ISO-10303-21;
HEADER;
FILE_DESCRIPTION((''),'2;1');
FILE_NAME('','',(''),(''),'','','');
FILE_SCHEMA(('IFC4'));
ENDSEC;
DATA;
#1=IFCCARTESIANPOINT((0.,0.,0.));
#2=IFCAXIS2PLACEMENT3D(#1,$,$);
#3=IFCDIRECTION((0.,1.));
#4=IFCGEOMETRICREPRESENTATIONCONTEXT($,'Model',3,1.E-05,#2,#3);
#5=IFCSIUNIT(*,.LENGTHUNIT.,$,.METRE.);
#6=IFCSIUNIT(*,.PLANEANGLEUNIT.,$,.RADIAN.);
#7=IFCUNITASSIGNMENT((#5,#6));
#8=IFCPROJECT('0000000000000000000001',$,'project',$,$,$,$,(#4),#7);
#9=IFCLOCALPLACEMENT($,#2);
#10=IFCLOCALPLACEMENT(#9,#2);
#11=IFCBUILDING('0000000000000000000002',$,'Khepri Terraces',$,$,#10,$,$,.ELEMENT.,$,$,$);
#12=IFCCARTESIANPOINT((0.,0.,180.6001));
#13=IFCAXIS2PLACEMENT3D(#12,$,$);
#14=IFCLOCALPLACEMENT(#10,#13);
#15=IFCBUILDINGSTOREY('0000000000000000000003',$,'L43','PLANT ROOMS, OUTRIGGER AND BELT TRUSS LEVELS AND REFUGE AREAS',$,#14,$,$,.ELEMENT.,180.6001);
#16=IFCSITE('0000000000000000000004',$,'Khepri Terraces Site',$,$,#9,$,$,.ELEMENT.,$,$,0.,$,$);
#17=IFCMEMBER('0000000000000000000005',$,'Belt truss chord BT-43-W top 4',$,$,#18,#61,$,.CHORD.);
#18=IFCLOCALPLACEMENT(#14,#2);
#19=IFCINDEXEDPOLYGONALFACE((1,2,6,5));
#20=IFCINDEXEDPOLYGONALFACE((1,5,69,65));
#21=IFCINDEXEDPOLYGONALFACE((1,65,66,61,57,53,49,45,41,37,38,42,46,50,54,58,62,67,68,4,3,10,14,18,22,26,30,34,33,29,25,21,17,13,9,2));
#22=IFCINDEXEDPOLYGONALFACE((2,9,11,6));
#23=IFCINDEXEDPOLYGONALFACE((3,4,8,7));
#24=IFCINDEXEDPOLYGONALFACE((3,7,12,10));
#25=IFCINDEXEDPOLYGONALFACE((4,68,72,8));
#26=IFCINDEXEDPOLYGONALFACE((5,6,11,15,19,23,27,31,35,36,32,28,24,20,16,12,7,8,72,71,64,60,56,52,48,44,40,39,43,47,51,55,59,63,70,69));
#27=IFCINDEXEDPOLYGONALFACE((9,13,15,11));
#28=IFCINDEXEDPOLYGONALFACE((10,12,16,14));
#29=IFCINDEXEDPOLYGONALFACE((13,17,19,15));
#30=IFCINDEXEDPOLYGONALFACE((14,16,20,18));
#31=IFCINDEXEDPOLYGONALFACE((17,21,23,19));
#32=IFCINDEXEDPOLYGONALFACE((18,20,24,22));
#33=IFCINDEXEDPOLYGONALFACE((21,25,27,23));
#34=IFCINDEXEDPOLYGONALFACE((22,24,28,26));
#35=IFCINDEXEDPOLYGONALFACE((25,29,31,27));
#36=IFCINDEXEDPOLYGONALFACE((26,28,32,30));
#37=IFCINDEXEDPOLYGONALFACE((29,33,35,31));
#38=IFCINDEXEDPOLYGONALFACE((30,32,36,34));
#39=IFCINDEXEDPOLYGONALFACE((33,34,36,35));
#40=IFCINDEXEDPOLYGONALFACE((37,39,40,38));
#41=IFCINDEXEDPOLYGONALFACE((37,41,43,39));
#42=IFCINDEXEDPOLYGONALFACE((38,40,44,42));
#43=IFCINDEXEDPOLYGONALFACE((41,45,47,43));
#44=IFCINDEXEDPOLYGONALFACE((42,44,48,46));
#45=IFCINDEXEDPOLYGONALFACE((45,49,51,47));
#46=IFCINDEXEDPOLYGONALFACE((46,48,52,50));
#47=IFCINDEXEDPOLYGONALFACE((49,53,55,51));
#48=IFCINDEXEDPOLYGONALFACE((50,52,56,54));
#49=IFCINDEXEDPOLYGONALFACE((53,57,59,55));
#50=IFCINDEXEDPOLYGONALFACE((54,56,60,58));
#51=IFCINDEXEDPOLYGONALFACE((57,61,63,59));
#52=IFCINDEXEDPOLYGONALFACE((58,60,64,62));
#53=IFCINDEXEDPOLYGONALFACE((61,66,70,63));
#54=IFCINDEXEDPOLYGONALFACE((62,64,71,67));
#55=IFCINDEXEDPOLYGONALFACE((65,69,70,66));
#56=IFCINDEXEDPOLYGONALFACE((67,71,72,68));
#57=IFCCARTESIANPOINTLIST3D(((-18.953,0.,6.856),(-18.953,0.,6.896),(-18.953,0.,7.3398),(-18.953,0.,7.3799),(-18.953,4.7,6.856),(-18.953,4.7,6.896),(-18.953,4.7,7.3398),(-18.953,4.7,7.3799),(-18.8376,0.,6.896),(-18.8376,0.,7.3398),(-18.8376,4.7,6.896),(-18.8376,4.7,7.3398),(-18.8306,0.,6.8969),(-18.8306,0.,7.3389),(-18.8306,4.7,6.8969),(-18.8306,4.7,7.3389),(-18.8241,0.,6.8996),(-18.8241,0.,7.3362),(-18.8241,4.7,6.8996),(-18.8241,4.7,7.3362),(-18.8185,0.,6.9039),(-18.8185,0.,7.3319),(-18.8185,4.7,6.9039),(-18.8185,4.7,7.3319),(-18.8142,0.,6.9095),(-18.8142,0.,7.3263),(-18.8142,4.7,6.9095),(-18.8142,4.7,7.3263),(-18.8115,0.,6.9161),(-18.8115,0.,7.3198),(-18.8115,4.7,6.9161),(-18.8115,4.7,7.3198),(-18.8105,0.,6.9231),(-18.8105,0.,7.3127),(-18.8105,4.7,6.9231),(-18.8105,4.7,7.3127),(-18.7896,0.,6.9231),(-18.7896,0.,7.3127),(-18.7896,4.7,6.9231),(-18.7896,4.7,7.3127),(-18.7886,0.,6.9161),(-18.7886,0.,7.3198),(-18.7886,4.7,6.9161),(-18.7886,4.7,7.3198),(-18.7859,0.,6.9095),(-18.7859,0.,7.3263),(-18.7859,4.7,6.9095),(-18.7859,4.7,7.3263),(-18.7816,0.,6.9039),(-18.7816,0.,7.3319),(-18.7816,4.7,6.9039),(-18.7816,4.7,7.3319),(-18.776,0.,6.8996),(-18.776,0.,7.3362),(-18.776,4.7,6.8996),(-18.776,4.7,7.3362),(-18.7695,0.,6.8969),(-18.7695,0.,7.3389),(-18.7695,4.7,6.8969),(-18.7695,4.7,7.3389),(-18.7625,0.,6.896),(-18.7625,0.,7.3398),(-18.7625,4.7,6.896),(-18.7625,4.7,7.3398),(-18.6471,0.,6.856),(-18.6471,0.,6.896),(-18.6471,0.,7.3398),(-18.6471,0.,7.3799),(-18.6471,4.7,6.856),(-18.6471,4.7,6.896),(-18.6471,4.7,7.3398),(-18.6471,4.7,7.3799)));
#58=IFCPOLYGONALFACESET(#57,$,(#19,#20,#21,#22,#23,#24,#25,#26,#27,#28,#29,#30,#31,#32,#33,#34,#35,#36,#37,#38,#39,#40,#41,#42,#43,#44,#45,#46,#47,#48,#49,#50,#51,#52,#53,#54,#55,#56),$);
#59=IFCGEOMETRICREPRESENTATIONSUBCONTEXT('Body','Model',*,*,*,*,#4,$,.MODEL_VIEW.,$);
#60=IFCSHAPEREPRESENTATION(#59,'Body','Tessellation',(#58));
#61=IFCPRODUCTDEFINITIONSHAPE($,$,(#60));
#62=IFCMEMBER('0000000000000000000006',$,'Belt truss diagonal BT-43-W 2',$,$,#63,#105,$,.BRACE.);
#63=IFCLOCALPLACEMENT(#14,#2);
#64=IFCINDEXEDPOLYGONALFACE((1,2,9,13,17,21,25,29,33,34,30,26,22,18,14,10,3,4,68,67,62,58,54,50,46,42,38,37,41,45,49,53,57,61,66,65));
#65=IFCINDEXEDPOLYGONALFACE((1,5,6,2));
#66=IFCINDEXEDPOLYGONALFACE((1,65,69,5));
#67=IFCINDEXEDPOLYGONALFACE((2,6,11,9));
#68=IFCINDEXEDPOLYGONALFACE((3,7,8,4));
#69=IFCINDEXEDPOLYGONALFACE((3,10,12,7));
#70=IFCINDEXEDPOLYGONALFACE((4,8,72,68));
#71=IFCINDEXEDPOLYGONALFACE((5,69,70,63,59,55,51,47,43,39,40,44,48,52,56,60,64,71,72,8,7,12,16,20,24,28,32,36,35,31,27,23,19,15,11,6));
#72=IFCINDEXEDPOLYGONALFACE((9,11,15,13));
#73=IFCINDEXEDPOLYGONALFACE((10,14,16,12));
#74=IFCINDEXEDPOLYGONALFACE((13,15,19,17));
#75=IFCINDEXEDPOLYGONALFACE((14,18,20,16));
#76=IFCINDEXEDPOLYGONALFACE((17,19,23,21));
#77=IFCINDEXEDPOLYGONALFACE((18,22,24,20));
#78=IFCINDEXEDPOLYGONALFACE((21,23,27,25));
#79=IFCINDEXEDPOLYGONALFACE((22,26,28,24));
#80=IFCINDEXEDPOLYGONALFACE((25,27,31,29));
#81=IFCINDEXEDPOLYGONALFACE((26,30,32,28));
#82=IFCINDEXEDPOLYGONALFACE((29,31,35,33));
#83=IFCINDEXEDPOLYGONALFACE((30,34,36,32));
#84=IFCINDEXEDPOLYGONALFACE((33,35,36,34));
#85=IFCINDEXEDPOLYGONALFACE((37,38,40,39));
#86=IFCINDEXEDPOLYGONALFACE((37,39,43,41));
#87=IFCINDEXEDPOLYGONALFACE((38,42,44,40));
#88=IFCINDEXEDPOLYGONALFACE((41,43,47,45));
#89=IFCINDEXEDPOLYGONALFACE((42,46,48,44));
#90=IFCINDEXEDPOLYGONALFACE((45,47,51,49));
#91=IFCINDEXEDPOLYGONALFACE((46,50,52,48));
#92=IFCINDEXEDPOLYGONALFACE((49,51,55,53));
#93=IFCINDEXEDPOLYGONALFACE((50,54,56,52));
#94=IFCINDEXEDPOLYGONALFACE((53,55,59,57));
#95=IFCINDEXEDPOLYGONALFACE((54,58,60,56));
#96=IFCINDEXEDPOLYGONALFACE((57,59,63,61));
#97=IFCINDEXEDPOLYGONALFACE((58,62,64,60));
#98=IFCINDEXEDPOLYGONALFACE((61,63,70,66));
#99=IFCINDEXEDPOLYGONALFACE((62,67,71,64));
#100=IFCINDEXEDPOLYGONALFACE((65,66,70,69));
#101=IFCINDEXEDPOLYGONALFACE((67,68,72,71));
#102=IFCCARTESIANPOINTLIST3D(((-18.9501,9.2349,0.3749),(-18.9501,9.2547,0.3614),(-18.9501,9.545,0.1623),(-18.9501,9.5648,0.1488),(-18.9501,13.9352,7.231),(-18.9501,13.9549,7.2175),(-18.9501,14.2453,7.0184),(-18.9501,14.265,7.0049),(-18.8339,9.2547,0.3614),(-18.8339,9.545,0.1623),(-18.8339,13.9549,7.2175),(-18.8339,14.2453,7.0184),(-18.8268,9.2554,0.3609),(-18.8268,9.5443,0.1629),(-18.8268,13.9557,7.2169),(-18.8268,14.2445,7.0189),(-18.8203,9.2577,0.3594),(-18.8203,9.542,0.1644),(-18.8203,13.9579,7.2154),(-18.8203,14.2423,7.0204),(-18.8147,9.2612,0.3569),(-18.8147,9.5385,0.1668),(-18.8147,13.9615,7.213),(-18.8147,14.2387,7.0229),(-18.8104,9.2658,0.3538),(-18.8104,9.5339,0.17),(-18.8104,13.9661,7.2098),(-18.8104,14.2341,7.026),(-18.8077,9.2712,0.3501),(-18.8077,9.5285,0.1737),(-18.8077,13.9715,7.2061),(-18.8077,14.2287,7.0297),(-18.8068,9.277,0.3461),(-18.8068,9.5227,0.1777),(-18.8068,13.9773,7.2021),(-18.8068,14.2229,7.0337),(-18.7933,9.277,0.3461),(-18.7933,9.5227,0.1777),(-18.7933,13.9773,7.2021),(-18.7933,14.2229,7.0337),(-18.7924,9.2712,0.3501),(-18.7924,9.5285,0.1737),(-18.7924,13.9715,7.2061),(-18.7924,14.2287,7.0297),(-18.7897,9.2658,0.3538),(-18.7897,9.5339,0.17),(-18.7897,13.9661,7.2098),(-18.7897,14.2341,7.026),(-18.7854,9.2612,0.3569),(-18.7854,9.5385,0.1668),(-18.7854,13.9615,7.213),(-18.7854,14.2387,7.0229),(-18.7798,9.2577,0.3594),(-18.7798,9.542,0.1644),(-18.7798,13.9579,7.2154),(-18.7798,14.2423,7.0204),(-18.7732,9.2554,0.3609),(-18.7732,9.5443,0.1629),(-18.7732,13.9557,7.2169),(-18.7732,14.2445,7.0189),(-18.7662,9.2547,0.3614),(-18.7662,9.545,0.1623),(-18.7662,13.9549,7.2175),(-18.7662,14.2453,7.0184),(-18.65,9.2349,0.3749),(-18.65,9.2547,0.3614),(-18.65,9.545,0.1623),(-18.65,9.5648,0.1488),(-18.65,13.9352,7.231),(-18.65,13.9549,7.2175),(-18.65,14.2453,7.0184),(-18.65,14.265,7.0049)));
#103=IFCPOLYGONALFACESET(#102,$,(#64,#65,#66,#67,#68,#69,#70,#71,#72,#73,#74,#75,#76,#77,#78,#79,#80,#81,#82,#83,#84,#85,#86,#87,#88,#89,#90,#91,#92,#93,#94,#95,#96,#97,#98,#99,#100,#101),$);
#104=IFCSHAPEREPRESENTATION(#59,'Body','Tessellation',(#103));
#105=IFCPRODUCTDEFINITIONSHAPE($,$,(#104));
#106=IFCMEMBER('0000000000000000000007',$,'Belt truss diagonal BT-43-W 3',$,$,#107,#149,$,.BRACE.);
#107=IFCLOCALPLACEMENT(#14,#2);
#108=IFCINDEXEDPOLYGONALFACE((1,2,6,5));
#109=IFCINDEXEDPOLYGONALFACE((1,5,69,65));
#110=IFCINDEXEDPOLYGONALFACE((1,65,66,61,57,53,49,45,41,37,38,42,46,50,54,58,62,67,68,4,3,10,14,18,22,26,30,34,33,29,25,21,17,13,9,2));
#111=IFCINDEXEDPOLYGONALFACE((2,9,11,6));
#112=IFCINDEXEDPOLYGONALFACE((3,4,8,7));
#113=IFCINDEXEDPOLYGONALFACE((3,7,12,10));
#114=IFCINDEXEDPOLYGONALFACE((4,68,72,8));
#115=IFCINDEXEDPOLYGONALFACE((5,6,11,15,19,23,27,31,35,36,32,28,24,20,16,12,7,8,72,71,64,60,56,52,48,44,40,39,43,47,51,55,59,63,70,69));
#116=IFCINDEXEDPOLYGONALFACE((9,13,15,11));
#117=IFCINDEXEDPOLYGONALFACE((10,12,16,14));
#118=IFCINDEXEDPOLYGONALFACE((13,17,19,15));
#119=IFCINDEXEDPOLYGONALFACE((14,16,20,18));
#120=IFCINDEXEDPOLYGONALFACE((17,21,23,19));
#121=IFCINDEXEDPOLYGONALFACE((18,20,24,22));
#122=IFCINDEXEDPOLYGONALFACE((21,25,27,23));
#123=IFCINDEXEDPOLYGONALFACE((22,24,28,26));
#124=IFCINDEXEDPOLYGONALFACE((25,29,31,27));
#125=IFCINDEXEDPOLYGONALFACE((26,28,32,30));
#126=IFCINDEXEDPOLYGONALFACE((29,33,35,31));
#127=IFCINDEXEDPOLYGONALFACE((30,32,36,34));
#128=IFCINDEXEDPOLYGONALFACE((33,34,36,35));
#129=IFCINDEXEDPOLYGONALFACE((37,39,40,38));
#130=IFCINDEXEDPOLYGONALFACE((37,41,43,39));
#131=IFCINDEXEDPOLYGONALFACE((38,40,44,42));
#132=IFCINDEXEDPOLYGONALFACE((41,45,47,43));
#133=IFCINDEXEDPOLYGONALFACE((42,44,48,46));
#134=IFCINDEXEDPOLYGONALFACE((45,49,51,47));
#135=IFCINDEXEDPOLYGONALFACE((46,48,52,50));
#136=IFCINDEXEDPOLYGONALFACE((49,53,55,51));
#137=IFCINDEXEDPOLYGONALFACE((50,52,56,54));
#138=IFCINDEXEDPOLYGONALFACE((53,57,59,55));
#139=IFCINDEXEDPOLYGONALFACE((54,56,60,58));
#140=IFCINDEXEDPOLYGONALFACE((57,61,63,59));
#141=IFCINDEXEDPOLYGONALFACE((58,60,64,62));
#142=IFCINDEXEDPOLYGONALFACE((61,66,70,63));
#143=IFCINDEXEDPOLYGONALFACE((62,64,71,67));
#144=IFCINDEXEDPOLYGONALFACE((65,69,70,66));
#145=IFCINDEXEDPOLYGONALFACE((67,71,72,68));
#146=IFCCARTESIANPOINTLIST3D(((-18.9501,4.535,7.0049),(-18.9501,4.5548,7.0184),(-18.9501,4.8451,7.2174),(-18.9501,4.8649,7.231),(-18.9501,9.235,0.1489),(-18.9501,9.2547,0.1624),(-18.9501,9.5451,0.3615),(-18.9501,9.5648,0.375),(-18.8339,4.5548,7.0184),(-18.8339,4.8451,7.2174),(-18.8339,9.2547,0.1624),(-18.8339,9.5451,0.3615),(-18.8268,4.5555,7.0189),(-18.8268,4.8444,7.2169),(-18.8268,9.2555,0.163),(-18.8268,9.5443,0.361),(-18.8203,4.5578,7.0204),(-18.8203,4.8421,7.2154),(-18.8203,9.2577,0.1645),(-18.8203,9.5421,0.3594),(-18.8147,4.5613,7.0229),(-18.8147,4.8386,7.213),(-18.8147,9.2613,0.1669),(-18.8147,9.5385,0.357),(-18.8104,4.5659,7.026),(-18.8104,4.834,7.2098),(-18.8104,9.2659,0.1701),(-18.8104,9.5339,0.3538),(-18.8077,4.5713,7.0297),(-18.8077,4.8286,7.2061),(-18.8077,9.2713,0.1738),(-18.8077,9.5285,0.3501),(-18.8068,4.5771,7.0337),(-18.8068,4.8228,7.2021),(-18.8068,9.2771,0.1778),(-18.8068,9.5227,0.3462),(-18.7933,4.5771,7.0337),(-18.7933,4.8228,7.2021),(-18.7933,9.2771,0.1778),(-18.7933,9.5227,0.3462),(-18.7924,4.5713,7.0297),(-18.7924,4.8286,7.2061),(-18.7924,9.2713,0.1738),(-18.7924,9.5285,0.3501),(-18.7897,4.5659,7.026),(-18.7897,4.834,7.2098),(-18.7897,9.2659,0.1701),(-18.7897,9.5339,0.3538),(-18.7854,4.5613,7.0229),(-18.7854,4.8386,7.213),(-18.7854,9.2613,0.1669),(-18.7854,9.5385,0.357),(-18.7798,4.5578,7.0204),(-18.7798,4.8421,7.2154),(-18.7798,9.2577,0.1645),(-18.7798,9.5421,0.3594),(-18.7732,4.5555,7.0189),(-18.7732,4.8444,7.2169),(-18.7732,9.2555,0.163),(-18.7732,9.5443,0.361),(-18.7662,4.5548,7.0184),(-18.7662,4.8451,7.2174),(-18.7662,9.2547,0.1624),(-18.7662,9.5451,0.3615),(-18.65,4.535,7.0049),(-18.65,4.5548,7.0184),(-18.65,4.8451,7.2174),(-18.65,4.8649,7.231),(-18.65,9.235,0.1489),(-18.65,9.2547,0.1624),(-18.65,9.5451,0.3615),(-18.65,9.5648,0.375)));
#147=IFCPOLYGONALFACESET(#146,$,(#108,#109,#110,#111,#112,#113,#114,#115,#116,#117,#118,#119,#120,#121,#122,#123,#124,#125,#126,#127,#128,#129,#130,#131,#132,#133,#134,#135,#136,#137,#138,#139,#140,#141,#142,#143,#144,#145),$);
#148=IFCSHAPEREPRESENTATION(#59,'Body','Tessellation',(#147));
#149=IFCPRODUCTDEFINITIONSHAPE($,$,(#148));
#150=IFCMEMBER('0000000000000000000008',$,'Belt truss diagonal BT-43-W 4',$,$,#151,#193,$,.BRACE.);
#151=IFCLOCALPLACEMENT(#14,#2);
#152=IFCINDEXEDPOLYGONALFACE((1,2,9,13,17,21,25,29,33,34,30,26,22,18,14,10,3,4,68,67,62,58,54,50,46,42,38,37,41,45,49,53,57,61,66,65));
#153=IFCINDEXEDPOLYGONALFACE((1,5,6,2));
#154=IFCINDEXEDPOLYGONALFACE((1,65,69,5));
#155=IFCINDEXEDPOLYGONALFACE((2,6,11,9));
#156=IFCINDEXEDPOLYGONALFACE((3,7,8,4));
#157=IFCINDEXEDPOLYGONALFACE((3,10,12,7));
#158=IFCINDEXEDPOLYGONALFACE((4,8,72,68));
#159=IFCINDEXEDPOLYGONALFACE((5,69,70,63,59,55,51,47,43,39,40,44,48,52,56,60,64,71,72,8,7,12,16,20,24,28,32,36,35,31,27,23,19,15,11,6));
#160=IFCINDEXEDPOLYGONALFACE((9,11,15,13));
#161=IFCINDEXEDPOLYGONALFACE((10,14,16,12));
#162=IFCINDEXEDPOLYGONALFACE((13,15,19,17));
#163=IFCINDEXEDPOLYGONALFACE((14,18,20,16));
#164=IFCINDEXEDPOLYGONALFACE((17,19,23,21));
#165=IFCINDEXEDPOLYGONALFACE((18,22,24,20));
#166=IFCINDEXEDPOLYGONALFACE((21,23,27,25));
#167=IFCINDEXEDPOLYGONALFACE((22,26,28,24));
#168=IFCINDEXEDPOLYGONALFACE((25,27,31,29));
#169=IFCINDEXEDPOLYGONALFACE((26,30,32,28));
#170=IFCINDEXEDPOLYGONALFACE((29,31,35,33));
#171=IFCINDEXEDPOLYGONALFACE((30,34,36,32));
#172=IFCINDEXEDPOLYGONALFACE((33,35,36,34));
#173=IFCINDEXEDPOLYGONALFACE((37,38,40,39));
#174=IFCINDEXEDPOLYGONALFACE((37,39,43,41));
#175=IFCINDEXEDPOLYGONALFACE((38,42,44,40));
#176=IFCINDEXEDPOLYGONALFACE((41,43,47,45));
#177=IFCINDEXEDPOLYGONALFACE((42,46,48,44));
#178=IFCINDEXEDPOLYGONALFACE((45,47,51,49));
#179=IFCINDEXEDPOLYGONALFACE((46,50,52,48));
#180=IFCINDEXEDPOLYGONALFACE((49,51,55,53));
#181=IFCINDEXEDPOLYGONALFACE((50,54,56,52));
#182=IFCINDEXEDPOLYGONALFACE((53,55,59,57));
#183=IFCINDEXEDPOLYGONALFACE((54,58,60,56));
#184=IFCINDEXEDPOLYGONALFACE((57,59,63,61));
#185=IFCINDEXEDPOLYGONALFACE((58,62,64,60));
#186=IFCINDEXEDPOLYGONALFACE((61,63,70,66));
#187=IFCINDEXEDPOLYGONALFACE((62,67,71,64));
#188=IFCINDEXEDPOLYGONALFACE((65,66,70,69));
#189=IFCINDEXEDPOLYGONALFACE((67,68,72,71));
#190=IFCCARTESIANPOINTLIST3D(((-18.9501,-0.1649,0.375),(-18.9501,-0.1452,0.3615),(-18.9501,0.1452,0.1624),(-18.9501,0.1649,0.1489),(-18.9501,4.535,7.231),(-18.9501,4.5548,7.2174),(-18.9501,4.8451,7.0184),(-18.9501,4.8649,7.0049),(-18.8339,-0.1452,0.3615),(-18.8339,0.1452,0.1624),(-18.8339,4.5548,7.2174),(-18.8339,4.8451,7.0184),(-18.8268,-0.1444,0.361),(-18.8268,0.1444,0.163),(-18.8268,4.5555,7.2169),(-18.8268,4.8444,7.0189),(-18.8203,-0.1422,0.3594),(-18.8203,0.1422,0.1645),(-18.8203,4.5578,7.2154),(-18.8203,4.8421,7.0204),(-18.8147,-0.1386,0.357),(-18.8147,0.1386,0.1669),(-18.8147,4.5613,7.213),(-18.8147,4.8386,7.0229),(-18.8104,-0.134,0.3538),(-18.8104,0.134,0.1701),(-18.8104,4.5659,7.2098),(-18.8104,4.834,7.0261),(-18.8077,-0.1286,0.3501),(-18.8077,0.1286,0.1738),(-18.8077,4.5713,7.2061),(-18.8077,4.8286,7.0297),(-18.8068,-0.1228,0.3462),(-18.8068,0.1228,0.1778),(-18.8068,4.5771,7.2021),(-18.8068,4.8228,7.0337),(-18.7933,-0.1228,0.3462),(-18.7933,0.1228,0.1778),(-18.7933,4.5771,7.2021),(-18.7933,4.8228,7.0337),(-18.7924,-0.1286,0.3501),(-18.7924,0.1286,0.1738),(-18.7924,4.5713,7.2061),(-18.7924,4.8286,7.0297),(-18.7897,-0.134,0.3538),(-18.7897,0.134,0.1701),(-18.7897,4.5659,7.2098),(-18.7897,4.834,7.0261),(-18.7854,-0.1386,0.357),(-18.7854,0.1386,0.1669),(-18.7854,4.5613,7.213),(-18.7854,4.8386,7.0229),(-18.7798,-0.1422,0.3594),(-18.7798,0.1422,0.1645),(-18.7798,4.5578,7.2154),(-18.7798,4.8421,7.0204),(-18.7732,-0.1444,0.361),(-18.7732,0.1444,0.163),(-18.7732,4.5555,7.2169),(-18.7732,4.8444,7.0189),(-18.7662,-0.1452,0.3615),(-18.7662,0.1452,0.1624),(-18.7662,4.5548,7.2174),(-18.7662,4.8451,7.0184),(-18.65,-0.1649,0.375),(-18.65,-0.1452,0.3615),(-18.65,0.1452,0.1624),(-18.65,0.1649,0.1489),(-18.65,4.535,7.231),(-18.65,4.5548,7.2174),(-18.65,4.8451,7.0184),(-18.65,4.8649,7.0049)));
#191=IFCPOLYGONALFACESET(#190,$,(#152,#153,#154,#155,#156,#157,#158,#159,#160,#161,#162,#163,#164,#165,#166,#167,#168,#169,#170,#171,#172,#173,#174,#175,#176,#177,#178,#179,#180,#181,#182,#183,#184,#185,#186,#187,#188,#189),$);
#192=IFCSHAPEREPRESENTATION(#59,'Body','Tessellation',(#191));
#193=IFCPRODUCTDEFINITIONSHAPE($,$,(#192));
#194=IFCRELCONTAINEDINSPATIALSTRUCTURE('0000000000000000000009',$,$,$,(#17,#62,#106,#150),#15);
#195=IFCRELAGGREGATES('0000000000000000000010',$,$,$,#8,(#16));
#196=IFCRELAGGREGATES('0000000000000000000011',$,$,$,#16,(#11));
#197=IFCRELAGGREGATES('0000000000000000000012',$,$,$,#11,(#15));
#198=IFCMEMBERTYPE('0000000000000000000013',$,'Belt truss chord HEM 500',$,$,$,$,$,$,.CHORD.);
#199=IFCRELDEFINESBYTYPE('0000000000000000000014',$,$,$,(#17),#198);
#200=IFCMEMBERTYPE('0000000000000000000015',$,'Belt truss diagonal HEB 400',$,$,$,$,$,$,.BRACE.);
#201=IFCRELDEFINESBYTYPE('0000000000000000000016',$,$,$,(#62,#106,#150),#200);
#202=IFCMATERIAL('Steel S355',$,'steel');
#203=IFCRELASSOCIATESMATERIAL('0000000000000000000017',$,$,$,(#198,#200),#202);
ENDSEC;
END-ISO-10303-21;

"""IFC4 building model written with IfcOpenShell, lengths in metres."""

from ifc_helpers import new_model, si_unit, direction, frame, origin, origin_2d, place, context, subcontext, project, spatial, i_section, extrude, material, material_profile, profile_set, type_object, element, save


model = new_model("IFC4")

# Units and contexts
model_context = context("Model", 3, precision=1e-05, world=origin(), true_north=direction((0.0, 1.0)))
body_context = subcontext(model_context, "Body", "Model", "MODEL_VIEW")
ifc_project = project(units=[si_unit("LENGTHUNIT", "METRE"), si_unit("PLANEANGLEUNIT", "RADIAN")], contexts=[model_context])

# Site, building, storey
site_placement = place(None, origin())
site = spatial("IfcSite", under=ifc_project, at=site_placement, Name="Khepri Terraces Site", CompositionType="ELEMENT", RefElevation=0.0)
building_placement = place(site_placement, origin())
building = spatial("IfcBuilding", under=site, at=building_placement, Name="Khepri Terraces", CompositionType="ELEMENT")
storey_placement = place(building_placement, frame((0.0, 0.0, 180.6001)))
storey = spatial("IfcBuildingStorey", under=building, at=storey_placement, Name="L43", Description="PLANT ROOMS, OUTRIGGER AND BELT TRUSS LEVELS AND REFUGE AREAS", CompositionType="ELEMENT", Elevation=180.6001)

# Members
ifc_material_1 = material(Name="Steel S355", Category="steel")
ifc_material_profile_1 = material_profile(ifc_material_1, i_section(OverallWidth=0.3059, OverallDepth=0.5239, WebThickness=0.021, FlangeThickness=0.04, FilletRadius=0.0271, at=origin_2d()), Name="Steel S355", Category="steel")
ifc_profile_set_1 = profile_set([ifc_material_profile_1], Name="Steel S355")
member_type_1 = type_object("IfcMemberType", Name="Belt truss chord HEM 500", PredefinedType="CHORD", material=ifc_profile_set_1)
for number, where, z_axis, x_axis, name in (
    (1, (-18.8, 4.7, 7.1179), (0.0, -1.0, 0.0), (1.0, 0.0, 0.0), "Belt truss chord BT-43-W top 4"),
):
    element("IfcMember", number, at=place(storey_placement, frame(where, z_axis=z_axis, x_axis=x_axis)), inside=storey, type_object=member_type_1, Name=name, PredefinedType="CHORD", context=body_context, shape_type="SweptSolid", body=[
        extrude(i_section(OverallWidth=0.3059, OverallDepth=0.5239, WebThickness=0.021, FlangeThickness=0.04, FilletRadius=0.0271, at=origin_2d()), origin(), (0.0, 0.0, 1.0), 4.7),
    ])
ifc_material_profile_2 = material_profile(ifc_material_1, i_section(OverallWidth=0.3, OverallDepth=0.3999, WebThickness=0.0134, FlangeThickness=0.0239, FilletRadius=0.0271, at=origin_2d()), Name="Steel S355", Category="steel")
ifc_profile_set_2 = profile_set([ifc_material_profile_2], Name="Steel S355")
member_type_2 = type_object("IfcMemberType", Name="Belt truss diagonal HEB 400", PredefinedType="BRACE", material=ifc_profile_set_2)
member_1_placement = place(storey_placement, frame((-18.8, 14.1001, 7.1179), z_axis=(0.0, -0.565444, -0.824787), x_axis=(1.0, 0.0, 0.0)))
element("IfcMember", 2, at=member_1_placement, inside=storey, type_object=member_type_2, Name="Belt truss diagonal BT-43-W 2", PredefinedType="BRACE", context=body_context, shape_type="SweptSolid", body=[
    extrude(i_section(OverallWidth=0.3, OverallDepth=0.3999, WebThickness=0.0134, FlangeThickness=0.0239, FilletRadius=0.0271, at=origin_2d()), origin(), (0.0, 0.0, 1.0), 8.3125),
])
for number, where, z_axis, x_axis, name in (
    (3, (-18.8, 9.3999, 0.262), (0.0, -0.565424, 0.8248), (1.0, 0.0, 0.0), "Belt truss diagonal BT-43-W 3"),
    (4, (-18.8, 4.7, 7.1179), (0.0, -0.565424, -0.8248), (1.0, 0.0, 0.0), "Belt truss diagonal BT-43-W 4"),
):
    element("IfcMember", number, at=place(storey_placement, frame(where, z_axis=z_axis, x_axis=x_axis)), inside=storey, type_object=member_type_2, Name=name, PredefinedType="BRACE", context=body_context, shape_type="SweptSolid", body=[
        extrude(i_section(OverallWidth=0.3, OverallDepth=0.3999, WebThickness=0.0134, FlangeThickness=0.0239, FilletRadius=0.0271, at=origin_2d()), origin(), (0.0, 0.0, 1.0), 8.3123),
    ])

save(model, "model.ifc")
